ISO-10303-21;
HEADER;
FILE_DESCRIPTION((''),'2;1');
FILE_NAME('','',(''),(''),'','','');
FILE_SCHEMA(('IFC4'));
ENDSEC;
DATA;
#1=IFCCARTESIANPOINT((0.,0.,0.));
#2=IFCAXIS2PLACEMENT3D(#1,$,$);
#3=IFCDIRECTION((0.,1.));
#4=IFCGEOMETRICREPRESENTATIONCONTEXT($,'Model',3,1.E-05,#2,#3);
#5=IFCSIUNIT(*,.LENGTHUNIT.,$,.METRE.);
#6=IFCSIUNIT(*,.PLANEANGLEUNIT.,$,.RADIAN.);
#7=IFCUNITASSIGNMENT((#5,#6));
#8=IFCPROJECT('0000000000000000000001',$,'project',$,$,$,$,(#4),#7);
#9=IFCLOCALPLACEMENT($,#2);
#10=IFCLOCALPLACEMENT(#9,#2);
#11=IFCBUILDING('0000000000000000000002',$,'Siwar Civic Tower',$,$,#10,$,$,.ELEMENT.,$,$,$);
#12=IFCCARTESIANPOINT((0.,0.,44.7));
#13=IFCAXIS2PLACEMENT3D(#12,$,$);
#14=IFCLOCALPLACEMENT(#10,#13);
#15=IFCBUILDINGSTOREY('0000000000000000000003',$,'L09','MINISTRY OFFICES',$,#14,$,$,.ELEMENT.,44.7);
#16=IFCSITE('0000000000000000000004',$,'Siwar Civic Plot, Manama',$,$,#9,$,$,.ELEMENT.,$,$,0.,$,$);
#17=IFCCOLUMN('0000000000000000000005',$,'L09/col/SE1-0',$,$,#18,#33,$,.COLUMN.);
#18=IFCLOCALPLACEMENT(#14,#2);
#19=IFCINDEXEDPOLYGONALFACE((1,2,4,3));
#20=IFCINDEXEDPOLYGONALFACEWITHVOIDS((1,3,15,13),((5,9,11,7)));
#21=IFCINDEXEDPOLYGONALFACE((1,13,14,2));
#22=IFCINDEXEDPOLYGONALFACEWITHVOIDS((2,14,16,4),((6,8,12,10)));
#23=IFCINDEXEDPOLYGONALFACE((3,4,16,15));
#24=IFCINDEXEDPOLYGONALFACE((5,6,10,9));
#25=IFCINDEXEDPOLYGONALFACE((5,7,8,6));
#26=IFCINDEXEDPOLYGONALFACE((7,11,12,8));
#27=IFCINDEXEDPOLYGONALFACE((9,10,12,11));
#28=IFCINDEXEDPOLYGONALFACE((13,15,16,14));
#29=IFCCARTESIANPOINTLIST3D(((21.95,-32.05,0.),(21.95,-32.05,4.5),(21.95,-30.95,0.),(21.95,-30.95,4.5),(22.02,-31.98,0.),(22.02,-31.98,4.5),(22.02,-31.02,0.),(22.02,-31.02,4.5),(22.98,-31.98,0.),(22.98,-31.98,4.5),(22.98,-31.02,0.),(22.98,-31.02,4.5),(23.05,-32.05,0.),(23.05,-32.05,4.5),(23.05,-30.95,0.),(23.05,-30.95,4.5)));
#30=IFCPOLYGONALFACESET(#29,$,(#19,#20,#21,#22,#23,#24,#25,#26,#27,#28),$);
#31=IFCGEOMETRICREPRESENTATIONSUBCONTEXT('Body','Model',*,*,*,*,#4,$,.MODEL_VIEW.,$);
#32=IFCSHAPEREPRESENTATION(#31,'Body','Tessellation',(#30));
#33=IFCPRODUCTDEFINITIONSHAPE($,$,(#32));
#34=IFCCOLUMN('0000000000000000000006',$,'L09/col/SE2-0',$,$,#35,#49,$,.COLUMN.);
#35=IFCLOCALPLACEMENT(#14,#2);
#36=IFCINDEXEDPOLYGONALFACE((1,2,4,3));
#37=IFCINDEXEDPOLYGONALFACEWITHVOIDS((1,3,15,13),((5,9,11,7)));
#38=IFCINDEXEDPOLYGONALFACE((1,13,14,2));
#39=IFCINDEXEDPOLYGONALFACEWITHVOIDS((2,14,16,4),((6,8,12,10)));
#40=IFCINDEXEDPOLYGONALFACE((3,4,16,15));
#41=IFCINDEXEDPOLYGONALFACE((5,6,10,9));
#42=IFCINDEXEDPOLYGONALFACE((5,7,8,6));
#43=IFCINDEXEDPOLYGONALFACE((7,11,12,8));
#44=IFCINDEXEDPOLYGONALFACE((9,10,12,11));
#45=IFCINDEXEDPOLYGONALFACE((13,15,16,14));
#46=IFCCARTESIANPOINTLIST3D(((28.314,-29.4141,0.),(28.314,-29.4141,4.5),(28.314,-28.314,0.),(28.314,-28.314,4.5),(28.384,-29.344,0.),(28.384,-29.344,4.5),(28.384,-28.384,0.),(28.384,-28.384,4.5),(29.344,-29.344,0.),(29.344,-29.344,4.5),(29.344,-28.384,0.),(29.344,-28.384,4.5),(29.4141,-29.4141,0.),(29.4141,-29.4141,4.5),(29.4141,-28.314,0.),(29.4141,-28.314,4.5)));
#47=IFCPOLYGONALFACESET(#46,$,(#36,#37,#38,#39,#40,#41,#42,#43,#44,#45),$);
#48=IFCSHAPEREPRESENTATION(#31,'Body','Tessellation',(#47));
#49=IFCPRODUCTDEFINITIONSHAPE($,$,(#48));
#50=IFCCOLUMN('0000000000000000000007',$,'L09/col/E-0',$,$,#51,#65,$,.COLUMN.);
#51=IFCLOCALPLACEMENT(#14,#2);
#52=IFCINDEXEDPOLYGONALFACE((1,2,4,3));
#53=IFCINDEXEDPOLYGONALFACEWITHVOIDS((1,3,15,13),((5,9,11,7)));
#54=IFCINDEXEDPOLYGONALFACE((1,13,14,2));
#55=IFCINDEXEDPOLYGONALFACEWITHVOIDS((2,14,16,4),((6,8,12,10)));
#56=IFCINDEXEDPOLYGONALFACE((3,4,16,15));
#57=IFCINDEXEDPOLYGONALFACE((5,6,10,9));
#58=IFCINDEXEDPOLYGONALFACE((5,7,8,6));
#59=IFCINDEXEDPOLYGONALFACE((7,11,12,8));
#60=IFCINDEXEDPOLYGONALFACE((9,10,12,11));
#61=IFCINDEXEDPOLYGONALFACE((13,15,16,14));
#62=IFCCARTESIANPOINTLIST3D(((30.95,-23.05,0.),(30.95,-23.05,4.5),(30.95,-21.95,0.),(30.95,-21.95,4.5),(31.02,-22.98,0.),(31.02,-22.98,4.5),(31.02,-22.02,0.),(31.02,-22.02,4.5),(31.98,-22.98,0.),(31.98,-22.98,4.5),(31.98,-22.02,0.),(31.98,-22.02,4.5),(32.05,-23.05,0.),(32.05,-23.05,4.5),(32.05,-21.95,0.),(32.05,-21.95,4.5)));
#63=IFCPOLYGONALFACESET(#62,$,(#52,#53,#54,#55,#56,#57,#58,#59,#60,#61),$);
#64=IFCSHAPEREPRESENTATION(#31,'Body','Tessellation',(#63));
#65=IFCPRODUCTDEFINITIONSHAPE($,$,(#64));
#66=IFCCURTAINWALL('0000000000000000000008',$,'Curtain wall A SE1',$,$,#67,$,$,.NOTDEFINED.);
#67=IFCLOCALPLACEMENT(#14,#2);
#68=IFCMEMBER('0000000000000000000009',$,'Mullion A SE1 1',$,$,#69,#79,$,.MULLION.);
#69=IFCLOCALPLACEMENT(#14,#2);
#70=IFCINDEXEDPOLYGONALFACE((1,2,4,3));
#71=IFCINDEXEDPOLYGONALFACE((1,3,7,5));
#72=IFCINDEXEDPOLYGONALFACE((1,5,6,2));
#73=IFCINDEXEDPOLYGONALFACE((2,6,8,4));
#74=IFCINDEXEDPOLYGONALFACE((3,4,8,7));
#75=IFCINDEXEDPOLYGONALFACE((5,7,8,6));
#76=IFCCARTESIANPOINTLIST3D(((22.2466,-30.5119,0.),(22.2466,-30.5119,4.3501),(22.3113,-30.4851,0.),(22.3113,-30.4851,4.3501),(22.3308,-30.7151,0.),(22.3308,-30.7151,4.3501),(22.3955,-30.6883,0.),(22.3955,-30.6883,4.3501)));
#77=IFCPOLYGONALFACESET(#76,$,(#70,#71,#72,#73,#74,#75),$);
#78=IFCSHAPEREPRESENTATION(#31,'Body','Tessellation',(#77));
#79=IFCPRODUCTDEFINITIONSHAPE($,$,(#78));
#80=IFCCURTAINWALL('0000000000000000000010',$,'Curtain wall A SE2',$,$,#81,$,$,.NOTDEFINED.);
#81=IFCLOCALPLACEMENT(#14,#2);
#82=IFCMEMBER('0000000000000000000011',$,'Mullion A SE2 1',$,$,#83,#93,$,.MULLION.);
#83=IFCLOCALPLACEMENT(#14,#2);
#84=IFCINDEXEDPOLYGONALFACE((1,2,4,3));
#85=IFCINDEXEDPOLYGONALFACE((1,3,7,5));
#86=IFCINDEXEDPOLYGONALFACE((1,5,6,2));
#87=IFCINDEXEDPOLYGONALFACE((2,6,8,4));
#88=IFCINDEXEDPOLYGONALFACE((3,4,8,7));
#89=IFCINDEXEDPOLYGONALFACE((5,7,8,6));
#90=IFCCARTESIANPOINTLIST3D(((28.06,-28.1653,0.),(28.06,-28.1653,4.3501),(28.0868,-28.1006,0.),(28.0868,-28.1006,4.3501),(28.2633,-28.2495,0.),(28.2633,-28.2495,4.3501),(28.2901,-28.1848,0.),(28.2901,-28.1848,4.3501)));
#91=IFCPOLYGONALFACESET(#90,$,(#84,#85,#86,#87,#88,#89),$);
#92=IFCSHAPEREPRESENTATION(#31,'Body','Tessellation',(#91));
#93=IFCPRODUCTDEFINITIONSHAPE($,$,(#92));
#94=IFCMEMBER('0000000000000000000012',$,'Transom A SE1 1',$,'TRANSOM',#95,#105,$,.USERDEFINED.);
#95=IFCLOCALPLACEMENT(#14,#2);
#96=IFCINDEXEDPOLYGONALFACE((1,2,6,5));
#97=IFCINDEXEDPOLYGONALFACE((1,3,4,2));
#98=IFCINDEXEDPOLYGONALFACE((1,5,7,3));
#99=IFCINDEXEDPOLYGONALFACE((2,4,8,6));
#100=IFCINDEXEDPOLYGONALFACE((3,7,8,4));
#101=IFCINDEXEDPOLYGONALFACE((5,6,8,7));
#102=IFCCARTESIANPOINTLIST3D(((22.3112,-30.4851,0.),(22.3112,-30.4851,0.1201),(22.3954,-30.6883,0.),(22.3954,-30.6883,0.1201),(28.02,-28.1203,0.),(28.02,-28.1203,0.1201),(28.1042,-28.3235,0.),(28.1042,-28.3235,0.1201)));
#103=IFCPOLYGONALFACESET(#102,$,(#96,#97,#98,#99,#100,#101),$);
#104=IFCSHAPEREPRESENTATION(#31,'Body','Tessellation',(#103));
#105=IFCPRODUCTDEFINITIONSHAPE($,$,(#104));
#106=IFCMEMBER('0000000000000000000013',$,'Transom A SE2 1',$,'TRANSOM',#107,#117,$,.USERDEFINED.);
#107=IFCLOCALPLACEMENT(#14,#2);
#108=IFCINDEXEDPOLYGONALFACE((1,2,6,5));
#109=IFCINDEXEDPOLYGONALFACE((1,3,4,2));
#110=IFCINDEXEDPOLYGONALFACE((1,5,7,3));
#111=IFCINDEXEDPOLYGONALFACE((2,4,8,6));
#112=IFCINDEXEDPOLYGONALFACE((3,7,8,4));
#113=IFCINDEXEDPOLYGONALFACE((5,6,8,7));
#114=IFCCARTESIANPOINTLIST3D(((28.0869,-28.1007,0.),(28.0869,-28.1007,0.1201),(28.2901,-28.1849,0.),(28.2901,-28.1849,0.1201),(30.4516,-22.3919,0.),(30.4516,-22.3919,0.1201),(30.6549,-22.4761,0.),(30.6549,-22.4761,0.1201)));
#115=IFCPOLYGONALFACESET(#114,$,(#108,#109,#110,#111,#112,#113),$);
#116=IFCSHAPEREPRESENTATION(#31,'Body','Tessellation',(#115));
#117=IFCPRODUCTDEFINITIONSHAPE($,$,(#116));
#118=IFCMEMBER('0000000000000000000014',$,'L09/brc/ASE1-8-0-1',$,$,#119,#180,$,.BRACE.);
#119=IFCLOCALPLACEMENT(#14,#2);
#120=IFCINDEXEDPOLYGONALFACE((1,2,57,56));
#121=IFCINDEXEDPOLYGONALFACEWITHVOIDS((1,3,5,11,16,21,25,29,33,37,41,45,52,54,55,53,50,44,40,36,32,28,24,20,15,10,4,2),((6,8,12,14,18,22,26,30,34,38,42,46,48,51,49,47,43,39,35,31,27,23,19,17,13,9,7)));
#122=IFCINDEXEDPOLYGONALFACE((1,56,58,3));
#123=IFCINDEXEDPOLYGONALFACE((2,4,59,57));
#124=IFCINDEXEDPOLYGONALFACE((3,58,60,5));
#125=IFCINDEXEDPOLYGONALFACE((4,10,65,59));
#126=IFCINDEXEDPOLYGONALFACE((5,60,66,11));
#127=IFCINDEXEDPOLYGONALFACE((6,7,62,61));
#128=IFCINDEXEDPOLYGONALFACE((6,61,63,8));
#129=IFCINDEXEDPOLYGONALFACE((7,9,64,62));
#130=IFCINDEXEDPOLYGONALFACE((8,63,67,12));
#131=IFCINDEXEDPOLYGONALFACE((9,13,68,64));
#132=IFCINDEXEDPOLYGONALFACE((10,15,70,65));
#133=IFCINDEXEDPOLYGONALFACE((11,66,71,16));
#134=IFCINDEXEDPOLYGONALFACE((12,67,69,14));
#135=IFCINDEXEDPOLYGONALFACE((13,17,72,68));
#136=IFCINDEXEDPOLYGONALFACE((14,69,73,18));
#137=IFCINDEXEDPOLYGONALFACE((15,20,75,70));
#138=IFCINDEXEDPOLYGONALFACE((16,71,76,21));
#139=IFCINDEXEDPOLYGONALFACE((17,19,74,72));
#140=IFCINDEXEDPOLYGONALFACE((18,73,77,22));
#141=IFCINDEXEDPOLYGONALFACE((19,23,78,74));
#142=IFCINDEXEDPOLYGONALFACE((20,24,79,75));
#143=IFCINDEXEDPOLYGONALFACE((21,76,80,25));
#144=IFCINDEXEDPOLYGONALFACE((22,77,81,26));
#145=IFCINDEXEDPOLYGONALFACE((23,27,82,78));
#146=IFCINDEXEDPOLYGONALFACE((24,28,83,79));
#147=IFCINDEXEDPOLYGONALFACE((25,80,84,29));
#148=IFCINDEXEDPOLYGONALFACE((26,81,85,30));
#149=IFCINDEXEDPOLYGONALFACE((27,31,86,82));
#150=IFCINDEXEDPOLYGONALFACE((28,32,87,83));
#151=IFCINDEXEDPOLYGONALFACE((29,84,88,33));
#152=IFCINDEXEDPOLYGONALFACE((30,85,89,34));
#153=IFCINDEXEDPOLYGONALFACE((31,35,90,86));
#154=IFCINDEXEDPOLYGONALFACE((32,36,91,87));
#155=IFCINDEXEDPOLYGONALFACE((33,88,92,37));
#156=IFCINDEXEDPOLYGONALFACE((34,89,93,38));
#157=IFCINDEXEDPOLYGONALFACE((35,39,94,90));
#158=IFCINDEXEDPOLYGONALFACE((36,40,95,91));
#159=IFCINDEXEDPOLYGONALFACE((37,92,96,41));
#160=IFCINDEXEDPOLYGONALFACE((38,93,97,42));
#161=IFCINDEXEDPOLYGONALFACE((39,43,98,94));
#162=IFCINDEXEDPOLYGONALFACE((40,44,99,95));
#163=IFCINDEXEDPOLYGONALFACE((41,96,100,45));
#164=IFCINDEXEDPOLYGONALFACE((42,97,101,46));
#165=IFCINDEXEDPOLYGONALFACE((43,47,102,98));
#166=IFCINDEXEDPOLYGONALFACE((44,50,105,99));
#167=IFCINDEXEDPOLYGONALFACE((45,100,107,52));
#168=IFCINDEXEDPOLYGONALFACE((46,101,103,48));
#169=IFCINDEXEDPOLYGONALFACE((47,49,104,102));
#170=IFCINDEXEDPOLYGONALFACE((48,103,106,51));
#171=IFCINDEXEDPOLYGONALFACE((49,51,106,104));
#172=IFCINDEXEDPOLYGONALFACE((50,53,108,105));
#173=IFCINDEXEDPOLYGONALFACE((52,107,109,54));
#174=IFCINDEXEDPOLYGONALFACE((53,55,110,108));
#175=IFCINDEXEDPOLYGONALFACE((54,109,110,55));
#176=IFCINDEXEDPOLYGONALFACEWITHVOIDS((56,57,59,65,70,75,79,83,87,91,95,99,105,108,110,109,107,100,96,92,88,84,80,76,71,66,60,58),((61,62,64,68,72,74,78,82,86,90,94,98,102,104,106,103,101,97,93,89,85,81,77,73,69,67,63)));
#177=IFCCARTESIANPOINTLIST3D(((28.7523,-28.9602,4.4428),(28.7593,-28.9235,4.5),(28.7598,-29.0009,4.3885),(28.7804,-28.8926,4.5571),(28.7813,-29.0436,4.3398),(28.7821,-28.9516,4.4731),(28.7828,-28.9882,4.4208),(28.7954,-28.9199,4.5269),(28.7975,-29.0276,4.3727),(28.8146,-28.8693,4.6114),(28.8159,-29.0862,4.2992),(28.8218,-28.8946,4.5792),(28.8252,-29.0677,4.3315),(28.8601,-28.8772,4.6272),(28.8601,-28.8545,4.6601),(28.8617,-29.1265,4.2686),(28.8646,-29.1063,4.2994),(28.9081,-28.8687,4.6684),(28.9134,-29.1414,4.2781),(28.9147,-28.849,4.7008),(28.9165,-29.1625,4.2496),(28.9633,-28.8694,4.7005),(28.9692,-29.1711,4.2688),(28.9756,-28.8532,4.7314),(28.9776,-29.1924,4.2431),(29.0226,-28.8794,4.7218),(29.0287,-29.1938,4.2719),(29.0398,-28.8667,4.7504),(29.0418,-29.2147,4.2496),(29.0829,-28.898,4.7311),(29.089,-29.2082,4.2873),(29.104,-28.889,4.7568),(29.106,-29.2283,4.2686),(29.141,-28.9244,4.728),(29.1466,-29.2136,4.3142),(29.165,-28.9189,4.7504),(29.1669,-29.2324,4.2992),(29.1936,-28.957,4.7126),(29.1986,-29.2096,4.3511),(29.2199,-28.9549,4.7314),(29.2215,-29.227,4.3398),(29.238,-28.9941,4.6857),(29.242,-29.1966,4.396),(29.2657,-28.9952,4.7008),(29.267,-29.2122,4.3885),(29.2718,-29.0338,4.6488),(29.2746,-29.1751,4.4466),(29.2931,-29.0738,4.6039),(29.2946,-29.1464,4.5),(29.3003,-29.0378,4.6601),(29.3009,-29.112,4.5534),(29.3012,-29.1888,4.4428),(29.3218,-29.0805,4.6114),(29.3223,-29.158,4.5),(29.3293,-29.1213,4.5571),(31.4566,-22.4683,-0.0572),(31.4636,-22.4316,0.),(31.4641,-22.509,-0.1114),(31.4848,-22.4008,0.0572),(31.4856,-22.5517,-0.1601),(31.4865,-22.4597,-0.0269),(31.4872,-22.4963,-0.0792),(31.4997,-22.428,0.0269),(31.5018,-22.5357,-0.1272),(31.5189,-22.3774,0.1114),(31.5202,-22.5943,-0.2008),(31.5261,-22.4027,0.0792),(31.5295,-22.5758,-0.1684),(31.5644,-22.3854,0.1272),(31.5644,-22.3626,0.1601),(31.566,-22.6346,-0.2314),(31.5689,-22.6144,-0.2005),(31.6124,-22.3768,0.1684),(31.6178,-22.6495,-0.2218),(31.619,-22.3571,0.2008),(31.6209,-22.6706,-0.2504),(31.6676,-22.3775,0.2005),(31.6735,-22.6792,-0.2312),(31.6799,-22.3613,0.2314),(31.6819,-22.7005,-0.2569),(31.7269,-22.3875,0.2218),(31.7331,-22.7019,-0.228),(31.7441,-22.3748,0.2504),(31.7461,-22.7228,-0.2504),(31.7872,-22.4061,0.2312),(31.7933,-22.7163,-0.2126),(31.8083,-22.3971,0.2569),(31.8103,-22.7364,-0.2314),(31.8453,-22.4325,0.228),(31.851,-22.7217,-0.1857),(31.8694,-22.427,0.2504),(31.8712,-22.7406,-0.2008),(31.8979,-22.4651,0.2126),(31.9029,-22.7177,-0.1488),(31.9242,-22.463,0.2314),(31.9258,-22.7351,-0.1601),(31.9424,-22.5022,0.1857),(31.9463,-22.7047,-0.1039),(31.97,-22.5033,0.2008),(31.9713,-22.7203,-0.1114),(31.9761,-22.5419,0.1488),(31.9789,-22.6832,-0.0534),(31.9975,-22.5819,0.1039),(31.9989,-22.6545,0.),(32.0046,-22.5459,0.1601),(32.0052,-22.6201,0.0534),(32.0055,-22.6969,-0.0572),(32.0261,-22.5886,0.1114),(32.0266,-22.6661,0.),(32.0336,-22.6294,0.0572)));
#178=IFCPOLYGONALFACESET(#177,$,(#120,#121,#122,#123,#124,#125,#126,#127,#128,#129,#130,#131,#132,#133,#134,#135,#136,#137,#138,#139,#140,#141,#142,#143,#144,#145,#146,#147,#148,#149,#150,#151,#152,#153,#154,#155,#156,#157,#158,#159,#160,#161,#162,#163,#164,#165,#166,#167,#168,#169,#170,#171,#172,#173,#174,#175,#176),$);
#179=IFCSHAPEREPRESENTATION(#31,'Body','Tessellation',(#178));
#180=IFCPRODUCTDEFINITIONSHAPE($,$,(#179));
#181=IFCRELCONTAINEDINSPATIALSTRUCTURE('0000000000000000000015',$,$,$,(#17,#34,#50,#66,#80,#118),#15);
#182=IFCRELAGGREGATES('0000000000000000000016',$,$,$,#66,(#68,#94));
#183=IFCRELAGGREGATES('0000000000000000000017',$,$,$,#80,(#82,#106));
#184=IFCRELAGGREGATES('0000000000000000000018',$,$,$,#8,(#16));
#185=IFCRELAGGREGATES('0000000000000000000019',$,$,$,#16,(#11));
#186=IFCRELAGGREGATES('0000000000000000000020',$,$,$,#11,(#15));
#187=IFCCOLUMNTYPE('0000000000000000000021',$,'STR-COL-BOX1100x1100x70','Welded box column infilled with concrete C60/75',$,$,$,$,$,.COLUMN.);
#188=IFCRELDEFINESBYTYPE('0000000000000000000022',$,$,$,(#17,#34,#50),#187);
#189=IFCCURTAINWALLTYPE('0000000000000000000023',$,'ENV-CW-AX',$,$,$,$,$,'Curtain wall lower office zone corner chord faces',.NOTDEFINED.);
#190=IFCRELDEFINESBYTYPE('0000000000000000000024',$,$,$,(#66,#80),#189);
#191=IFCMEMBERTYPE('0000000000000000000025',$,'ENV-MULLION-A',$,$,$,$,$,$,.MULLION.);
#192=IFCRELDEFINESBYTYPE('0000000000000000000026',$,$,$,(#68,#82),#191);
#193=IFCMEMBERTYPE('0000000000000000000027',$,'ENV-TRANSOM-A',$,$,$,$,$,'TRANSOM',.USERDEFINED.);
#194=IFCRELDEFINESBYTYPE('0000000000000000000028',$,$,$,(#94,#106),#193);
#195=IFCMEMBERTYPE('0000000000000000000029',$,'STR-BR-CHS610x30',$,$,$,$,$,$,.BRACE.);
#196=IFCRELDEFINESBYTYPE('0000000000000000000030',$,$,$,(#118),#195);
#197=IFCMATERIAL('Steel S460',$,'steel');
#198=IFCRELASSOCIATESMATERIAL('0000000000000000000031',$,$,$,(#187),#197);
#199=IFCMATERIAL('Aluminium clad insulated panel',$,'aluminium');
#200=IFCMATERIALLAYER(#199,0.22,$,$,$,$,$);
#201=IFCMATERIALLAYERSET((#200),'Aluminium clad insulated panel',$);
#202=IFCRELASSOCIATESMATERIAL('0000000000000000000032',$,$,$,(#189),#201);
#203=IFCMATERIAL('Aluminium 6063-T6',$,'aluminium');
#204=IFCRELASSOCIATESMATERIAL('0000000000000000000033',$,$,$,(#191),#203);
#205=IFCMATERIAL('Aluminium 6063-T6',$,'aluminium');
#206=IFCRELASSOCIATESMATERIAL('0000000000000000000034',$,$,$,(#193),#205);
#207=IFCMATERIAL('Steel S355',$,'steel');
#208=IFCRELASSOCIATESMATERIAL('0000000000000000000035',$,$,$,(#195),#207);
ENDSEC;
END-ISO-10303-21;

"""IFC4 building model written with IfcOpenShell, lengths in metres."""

from ifc_helpers import new_model, si_unit, direction, frame, origin, origin_2d, place, context, subcontext, project, spatial, rectangle, hollow_rectangle, hollow_circle, extrude, material, layer, layer_set, material_profile, profile_set, type_object, element, aggregate, save


model = new_model("IFC4")

# Units and contexts
model_context = context("Model", 3, precision=1e-05, world=origin(), true_north=direction((0.0, 1.0)))
body_context = subcontext(model_context, "Body", "Model", "MODEL_VIEW")
ifc_project = project(units=[si_unit("LENGTHUNIT", "METRE"), si_unit("PLANEANGLEUNIT", "RADIAN")], contexts=[model_context])

# Site, building, storey
site_placement = place(None, origin())
site = spatial("IfcSite", under=ifc_project, at=site_placement, Name="Siwar Civic Plot, Manama", CompositionType="ELEMENT", RefElevation=0.0)
building_placement = place(site_placement, origin())
building = spatial("IfcBuilding", under=site, at=building_placement, Name="Siwar Civic Tower", CompositionType="ELEMENT")
storey_placement = place(building_placement, frame((0.0, 0.0, 44.7)))
storey = spatial("IfcBuildingStorey", under=building, at=storey_placement, Name="L09", Description="MINISTRY OFFICES", CompositionType="ELEMENT", Elevation=44.7)

# Columns
ifc_material_1 = material(Name="Steel S460", Category="steel")
ifc_material_profile_1 = material_profile(ifc_material_1, hollow_rectangle(XDim=1.1001, YDim=1.1001, WallThickness=0.0701, at=origin_2d()), Name="BOX1100x1100x70")
ifc_profile_set_1 = profile_set([ifc_material_profile_1], Name="Steel S460")
column_type = type_object("IfcColumnType", Name="STR-COL-BOX1100x1100x70", Description="Welded box column infilled with concrete C60/75", PredefinedType="COLUMN", material=ifc_profile_set_1)
for number, where, z_axis, x_axis, name in (
    (1, (22.5, -31.5, 0.0), (0.0, 0.0, 1.0), (1.0, 0.0, 0.0), "L09/col/SE1-0"),
    (2, (28.864, -28.864, 0.0), (0.0, 0.0, 1.0), (1.0, 0.0, 0.0), "L09/col/SE2-0"),
    (3, (31.5, -22.5, 0.0), (0.0, 0.0, 1.0), (1.0, 0.0, 0.0), "L09/col/E-0"),
):
    element("IfcColumn", number, at=place(storey_placement, frame(where, z_axis=z_axis, x_axis=x_axis)), inside=storey, type_object=column_type, Name=name, PredefinedType="COLUMN", context=body_context, shape_type="SweptSolid", body=[
        extrude(hollow_rectangle(XDim=1.1001, YDim=1.1001, WallThickness=0.0701, at=origin_2d()), origin(), (0.0, 0.0, 1.0), 4.5),
    ])

# Curtain walls, members
ifc_material_2 = material(Name="Aluminium clad insulated panel", Category="aluminium")
ifc_layer_1 = layer(ifc_material_2, 0.22)
ifc_layer_set_1 = layer_set([ifc_layer_1], Name="Aluminium clad insulated panel")
curtain_wall_type_1 = type_object("IfcCurtainWallType", Name="ENV-CW-AX", ElementType="Curtain wall lower office zone corner chord faces", PredefinedType="NOTDEFINED", material=ifc_layer_set_1)
curtain_wall_1_placement = place(storey_placement, origin())
curtain_wall_1 = element("IfcCurtainWall", 4, at=curtain_wall_1_placement, inside=storey, type_object=curtain_wall_type_1, Name="Curtain wall A SE1", PredefinedType="NOTDEFINED")
ifc_material_3 = material(Name="Aluminium 6063-T6", Category="aluminium")
ifc_material_profile_2 = material_profile(ifc_material_3, rectangle(XDim=0.22, YDim=0.0701, at=origin_2d()), Name="AL 220x70")
ifc_profile_set_2 = profile_set([ifc_material_profile_2], Name="Aluminium 6063-T6")
member_type_1 = type_object("IfcMemberType", Name="ENV-MULLION-A", PredefinedType="MULLION", material=ifc_profile_set_2)
member_1_placement = place(storey_placement, frame((22.321, -30.6001, 0.0), z_axis=(0.0, 0.0, 1.0), x_axis=(-0.382683, 0.92388, 0.0)))
member_1 = element("IfcMember", 5, at=member_1_placement, type_object=member_type_1, Name="Mullion A SE1 1", PredefinedType="MULLION", context=body_context, shape_type="SweptSolid", body=[
    extrude(rectangle(XDim=0.22, YDim=0.0701, at=origin_2d()), origin(), (0.0, 0.0, 1.0), 4.3501),
])
curtain_wall_2_placement = place(storey_placement, origin())
curtain_wall_2 = element("IfcCurtainWall", 6, at=curtain_wall_2_placement, inside=storey, type_object=curtain_wall_type_1, Name="Curtain wall A SE2", PredefinedType="NOTDEFINED")
member_2_placement = place(storey_placement, frame((28.175, -28.175, 0.0), z_axis=(0.0, 0.0, 1.0), x_axis=(-0.92388, 0.382683, 0.0)))
member_2 = element("IfcMember", 7, at=member_2_placement, type_object=member_type_1, Name="Mullion A SE2 1", PredefinedType="MULLION", context=body_context, shape_type="SweptSolid", body=[
    extrude(rectangle(XDim=0.22, YDim=0.0701, at=origin_2d()), origin(), (0.0, 0.0, 1.0), 4.3501),
])

# Members
ifc_material_4 = material(Name="Aluminium 6063-T6", Category="aluminium")
ifc_material_profile_3 = material_profile(ifc_material_4, rectangle(XDim=0.22, YDim=0.1201, at=origin_2d()), Name="AL 220x120")
ifc_profile_set_3 = profile_set([ifc_material_profile_3], Name="Aluminium 6063-T6")
member_type_2 = type_object("IfcMemberType", Name="ENV-TRANSOM-A", ElementType="TRANSOM", PredefinedType="USERDEFINED", material=ifc_profile_set_3)
member_3_placement = place(storey_placement, frame((22.3533, -30.5867, 0.0601), z_axis=(0.923873, 0.382698, 0.0), x_axis=(-0.382698, 0.923873, 0.0)))
member_3 = element("IfcMember", 8, at=member_3_placement, type_object=member_type_2, Name="Transom A SE1 1", ObjectType="TRANSOM", PredefinedType="USERDEFINED", context=body_context, shape_type="SweptSolid", body=[
    extrude(rectangle(XDim=0.22, YDim=0.1201, at=origin_2d()), origin(), (0.0, 0.0, 1.0), 6.1792),
])
member_4_placement = place(storey_placement, frame((28.1885, -28.1428, 0.0601), z_axis=(0.382698, 0.923873, 0.0), x_axis=(-0.923873, 0.382698, 0.0)))
member_4 = element("IfcMember", 9, at=member_4_placement, type_object=member_type_2, Name="Transom A SE2 1", ObjectType="TRANSOM", PredefinedType="USERDEFINED", context=body_context, shape_type="SweptSolid", body=[
    extrude(rectangle(XDim=0.22, YDim=0.1201, at=origin_2d()), origin(), (0.0, 0.0, 1.0), 6.1792),
])

# Member
ifc_material_5 = material(Name="Steel S355", Category="steel")
ifc_material_profile_4 = material_profile(ifc_material_5, hollow_circle(Radius=0.3049, WallThickness=0.03, at=origin_2d()), Name="CHS610x30")
ifc_profile_set_4 = profile_set([ifc_material_profile_4], Name="Steel S355")
member_type_3 = type_object("IfcMemberType", Name="STR-BR-CHS610x30", PredefinedType="BRACE", material=ifc_profile_set_4)
member_5_placement = place(storey_placement, frame((31.7451, -22.5488, 0.0), z_axis=(-0.323906, -0.777555, 0.538975), x_axis=(0.923109, -0.384539, 0.0)))
element("IfcMember", 10, at=member_5_placement, inside=storey, type_object=member_type_3, Name="L09/brc/ASE1-8-0-1", PredefinedType="BRACE", context=body_context, shape_type="SweptSolid", body=[
    extrude(hollow_circle(Radius=0.3049, WallThickness=0.03, at=origin_2d()), origin(), (0.0, 0.0, 1.0), 8.3491),
])

aggregate(curtain_wall_1, [member_1, member_3])
aggregate(curtain_wall_2, [member_2, member_4])

save(model, "model.ifc")
